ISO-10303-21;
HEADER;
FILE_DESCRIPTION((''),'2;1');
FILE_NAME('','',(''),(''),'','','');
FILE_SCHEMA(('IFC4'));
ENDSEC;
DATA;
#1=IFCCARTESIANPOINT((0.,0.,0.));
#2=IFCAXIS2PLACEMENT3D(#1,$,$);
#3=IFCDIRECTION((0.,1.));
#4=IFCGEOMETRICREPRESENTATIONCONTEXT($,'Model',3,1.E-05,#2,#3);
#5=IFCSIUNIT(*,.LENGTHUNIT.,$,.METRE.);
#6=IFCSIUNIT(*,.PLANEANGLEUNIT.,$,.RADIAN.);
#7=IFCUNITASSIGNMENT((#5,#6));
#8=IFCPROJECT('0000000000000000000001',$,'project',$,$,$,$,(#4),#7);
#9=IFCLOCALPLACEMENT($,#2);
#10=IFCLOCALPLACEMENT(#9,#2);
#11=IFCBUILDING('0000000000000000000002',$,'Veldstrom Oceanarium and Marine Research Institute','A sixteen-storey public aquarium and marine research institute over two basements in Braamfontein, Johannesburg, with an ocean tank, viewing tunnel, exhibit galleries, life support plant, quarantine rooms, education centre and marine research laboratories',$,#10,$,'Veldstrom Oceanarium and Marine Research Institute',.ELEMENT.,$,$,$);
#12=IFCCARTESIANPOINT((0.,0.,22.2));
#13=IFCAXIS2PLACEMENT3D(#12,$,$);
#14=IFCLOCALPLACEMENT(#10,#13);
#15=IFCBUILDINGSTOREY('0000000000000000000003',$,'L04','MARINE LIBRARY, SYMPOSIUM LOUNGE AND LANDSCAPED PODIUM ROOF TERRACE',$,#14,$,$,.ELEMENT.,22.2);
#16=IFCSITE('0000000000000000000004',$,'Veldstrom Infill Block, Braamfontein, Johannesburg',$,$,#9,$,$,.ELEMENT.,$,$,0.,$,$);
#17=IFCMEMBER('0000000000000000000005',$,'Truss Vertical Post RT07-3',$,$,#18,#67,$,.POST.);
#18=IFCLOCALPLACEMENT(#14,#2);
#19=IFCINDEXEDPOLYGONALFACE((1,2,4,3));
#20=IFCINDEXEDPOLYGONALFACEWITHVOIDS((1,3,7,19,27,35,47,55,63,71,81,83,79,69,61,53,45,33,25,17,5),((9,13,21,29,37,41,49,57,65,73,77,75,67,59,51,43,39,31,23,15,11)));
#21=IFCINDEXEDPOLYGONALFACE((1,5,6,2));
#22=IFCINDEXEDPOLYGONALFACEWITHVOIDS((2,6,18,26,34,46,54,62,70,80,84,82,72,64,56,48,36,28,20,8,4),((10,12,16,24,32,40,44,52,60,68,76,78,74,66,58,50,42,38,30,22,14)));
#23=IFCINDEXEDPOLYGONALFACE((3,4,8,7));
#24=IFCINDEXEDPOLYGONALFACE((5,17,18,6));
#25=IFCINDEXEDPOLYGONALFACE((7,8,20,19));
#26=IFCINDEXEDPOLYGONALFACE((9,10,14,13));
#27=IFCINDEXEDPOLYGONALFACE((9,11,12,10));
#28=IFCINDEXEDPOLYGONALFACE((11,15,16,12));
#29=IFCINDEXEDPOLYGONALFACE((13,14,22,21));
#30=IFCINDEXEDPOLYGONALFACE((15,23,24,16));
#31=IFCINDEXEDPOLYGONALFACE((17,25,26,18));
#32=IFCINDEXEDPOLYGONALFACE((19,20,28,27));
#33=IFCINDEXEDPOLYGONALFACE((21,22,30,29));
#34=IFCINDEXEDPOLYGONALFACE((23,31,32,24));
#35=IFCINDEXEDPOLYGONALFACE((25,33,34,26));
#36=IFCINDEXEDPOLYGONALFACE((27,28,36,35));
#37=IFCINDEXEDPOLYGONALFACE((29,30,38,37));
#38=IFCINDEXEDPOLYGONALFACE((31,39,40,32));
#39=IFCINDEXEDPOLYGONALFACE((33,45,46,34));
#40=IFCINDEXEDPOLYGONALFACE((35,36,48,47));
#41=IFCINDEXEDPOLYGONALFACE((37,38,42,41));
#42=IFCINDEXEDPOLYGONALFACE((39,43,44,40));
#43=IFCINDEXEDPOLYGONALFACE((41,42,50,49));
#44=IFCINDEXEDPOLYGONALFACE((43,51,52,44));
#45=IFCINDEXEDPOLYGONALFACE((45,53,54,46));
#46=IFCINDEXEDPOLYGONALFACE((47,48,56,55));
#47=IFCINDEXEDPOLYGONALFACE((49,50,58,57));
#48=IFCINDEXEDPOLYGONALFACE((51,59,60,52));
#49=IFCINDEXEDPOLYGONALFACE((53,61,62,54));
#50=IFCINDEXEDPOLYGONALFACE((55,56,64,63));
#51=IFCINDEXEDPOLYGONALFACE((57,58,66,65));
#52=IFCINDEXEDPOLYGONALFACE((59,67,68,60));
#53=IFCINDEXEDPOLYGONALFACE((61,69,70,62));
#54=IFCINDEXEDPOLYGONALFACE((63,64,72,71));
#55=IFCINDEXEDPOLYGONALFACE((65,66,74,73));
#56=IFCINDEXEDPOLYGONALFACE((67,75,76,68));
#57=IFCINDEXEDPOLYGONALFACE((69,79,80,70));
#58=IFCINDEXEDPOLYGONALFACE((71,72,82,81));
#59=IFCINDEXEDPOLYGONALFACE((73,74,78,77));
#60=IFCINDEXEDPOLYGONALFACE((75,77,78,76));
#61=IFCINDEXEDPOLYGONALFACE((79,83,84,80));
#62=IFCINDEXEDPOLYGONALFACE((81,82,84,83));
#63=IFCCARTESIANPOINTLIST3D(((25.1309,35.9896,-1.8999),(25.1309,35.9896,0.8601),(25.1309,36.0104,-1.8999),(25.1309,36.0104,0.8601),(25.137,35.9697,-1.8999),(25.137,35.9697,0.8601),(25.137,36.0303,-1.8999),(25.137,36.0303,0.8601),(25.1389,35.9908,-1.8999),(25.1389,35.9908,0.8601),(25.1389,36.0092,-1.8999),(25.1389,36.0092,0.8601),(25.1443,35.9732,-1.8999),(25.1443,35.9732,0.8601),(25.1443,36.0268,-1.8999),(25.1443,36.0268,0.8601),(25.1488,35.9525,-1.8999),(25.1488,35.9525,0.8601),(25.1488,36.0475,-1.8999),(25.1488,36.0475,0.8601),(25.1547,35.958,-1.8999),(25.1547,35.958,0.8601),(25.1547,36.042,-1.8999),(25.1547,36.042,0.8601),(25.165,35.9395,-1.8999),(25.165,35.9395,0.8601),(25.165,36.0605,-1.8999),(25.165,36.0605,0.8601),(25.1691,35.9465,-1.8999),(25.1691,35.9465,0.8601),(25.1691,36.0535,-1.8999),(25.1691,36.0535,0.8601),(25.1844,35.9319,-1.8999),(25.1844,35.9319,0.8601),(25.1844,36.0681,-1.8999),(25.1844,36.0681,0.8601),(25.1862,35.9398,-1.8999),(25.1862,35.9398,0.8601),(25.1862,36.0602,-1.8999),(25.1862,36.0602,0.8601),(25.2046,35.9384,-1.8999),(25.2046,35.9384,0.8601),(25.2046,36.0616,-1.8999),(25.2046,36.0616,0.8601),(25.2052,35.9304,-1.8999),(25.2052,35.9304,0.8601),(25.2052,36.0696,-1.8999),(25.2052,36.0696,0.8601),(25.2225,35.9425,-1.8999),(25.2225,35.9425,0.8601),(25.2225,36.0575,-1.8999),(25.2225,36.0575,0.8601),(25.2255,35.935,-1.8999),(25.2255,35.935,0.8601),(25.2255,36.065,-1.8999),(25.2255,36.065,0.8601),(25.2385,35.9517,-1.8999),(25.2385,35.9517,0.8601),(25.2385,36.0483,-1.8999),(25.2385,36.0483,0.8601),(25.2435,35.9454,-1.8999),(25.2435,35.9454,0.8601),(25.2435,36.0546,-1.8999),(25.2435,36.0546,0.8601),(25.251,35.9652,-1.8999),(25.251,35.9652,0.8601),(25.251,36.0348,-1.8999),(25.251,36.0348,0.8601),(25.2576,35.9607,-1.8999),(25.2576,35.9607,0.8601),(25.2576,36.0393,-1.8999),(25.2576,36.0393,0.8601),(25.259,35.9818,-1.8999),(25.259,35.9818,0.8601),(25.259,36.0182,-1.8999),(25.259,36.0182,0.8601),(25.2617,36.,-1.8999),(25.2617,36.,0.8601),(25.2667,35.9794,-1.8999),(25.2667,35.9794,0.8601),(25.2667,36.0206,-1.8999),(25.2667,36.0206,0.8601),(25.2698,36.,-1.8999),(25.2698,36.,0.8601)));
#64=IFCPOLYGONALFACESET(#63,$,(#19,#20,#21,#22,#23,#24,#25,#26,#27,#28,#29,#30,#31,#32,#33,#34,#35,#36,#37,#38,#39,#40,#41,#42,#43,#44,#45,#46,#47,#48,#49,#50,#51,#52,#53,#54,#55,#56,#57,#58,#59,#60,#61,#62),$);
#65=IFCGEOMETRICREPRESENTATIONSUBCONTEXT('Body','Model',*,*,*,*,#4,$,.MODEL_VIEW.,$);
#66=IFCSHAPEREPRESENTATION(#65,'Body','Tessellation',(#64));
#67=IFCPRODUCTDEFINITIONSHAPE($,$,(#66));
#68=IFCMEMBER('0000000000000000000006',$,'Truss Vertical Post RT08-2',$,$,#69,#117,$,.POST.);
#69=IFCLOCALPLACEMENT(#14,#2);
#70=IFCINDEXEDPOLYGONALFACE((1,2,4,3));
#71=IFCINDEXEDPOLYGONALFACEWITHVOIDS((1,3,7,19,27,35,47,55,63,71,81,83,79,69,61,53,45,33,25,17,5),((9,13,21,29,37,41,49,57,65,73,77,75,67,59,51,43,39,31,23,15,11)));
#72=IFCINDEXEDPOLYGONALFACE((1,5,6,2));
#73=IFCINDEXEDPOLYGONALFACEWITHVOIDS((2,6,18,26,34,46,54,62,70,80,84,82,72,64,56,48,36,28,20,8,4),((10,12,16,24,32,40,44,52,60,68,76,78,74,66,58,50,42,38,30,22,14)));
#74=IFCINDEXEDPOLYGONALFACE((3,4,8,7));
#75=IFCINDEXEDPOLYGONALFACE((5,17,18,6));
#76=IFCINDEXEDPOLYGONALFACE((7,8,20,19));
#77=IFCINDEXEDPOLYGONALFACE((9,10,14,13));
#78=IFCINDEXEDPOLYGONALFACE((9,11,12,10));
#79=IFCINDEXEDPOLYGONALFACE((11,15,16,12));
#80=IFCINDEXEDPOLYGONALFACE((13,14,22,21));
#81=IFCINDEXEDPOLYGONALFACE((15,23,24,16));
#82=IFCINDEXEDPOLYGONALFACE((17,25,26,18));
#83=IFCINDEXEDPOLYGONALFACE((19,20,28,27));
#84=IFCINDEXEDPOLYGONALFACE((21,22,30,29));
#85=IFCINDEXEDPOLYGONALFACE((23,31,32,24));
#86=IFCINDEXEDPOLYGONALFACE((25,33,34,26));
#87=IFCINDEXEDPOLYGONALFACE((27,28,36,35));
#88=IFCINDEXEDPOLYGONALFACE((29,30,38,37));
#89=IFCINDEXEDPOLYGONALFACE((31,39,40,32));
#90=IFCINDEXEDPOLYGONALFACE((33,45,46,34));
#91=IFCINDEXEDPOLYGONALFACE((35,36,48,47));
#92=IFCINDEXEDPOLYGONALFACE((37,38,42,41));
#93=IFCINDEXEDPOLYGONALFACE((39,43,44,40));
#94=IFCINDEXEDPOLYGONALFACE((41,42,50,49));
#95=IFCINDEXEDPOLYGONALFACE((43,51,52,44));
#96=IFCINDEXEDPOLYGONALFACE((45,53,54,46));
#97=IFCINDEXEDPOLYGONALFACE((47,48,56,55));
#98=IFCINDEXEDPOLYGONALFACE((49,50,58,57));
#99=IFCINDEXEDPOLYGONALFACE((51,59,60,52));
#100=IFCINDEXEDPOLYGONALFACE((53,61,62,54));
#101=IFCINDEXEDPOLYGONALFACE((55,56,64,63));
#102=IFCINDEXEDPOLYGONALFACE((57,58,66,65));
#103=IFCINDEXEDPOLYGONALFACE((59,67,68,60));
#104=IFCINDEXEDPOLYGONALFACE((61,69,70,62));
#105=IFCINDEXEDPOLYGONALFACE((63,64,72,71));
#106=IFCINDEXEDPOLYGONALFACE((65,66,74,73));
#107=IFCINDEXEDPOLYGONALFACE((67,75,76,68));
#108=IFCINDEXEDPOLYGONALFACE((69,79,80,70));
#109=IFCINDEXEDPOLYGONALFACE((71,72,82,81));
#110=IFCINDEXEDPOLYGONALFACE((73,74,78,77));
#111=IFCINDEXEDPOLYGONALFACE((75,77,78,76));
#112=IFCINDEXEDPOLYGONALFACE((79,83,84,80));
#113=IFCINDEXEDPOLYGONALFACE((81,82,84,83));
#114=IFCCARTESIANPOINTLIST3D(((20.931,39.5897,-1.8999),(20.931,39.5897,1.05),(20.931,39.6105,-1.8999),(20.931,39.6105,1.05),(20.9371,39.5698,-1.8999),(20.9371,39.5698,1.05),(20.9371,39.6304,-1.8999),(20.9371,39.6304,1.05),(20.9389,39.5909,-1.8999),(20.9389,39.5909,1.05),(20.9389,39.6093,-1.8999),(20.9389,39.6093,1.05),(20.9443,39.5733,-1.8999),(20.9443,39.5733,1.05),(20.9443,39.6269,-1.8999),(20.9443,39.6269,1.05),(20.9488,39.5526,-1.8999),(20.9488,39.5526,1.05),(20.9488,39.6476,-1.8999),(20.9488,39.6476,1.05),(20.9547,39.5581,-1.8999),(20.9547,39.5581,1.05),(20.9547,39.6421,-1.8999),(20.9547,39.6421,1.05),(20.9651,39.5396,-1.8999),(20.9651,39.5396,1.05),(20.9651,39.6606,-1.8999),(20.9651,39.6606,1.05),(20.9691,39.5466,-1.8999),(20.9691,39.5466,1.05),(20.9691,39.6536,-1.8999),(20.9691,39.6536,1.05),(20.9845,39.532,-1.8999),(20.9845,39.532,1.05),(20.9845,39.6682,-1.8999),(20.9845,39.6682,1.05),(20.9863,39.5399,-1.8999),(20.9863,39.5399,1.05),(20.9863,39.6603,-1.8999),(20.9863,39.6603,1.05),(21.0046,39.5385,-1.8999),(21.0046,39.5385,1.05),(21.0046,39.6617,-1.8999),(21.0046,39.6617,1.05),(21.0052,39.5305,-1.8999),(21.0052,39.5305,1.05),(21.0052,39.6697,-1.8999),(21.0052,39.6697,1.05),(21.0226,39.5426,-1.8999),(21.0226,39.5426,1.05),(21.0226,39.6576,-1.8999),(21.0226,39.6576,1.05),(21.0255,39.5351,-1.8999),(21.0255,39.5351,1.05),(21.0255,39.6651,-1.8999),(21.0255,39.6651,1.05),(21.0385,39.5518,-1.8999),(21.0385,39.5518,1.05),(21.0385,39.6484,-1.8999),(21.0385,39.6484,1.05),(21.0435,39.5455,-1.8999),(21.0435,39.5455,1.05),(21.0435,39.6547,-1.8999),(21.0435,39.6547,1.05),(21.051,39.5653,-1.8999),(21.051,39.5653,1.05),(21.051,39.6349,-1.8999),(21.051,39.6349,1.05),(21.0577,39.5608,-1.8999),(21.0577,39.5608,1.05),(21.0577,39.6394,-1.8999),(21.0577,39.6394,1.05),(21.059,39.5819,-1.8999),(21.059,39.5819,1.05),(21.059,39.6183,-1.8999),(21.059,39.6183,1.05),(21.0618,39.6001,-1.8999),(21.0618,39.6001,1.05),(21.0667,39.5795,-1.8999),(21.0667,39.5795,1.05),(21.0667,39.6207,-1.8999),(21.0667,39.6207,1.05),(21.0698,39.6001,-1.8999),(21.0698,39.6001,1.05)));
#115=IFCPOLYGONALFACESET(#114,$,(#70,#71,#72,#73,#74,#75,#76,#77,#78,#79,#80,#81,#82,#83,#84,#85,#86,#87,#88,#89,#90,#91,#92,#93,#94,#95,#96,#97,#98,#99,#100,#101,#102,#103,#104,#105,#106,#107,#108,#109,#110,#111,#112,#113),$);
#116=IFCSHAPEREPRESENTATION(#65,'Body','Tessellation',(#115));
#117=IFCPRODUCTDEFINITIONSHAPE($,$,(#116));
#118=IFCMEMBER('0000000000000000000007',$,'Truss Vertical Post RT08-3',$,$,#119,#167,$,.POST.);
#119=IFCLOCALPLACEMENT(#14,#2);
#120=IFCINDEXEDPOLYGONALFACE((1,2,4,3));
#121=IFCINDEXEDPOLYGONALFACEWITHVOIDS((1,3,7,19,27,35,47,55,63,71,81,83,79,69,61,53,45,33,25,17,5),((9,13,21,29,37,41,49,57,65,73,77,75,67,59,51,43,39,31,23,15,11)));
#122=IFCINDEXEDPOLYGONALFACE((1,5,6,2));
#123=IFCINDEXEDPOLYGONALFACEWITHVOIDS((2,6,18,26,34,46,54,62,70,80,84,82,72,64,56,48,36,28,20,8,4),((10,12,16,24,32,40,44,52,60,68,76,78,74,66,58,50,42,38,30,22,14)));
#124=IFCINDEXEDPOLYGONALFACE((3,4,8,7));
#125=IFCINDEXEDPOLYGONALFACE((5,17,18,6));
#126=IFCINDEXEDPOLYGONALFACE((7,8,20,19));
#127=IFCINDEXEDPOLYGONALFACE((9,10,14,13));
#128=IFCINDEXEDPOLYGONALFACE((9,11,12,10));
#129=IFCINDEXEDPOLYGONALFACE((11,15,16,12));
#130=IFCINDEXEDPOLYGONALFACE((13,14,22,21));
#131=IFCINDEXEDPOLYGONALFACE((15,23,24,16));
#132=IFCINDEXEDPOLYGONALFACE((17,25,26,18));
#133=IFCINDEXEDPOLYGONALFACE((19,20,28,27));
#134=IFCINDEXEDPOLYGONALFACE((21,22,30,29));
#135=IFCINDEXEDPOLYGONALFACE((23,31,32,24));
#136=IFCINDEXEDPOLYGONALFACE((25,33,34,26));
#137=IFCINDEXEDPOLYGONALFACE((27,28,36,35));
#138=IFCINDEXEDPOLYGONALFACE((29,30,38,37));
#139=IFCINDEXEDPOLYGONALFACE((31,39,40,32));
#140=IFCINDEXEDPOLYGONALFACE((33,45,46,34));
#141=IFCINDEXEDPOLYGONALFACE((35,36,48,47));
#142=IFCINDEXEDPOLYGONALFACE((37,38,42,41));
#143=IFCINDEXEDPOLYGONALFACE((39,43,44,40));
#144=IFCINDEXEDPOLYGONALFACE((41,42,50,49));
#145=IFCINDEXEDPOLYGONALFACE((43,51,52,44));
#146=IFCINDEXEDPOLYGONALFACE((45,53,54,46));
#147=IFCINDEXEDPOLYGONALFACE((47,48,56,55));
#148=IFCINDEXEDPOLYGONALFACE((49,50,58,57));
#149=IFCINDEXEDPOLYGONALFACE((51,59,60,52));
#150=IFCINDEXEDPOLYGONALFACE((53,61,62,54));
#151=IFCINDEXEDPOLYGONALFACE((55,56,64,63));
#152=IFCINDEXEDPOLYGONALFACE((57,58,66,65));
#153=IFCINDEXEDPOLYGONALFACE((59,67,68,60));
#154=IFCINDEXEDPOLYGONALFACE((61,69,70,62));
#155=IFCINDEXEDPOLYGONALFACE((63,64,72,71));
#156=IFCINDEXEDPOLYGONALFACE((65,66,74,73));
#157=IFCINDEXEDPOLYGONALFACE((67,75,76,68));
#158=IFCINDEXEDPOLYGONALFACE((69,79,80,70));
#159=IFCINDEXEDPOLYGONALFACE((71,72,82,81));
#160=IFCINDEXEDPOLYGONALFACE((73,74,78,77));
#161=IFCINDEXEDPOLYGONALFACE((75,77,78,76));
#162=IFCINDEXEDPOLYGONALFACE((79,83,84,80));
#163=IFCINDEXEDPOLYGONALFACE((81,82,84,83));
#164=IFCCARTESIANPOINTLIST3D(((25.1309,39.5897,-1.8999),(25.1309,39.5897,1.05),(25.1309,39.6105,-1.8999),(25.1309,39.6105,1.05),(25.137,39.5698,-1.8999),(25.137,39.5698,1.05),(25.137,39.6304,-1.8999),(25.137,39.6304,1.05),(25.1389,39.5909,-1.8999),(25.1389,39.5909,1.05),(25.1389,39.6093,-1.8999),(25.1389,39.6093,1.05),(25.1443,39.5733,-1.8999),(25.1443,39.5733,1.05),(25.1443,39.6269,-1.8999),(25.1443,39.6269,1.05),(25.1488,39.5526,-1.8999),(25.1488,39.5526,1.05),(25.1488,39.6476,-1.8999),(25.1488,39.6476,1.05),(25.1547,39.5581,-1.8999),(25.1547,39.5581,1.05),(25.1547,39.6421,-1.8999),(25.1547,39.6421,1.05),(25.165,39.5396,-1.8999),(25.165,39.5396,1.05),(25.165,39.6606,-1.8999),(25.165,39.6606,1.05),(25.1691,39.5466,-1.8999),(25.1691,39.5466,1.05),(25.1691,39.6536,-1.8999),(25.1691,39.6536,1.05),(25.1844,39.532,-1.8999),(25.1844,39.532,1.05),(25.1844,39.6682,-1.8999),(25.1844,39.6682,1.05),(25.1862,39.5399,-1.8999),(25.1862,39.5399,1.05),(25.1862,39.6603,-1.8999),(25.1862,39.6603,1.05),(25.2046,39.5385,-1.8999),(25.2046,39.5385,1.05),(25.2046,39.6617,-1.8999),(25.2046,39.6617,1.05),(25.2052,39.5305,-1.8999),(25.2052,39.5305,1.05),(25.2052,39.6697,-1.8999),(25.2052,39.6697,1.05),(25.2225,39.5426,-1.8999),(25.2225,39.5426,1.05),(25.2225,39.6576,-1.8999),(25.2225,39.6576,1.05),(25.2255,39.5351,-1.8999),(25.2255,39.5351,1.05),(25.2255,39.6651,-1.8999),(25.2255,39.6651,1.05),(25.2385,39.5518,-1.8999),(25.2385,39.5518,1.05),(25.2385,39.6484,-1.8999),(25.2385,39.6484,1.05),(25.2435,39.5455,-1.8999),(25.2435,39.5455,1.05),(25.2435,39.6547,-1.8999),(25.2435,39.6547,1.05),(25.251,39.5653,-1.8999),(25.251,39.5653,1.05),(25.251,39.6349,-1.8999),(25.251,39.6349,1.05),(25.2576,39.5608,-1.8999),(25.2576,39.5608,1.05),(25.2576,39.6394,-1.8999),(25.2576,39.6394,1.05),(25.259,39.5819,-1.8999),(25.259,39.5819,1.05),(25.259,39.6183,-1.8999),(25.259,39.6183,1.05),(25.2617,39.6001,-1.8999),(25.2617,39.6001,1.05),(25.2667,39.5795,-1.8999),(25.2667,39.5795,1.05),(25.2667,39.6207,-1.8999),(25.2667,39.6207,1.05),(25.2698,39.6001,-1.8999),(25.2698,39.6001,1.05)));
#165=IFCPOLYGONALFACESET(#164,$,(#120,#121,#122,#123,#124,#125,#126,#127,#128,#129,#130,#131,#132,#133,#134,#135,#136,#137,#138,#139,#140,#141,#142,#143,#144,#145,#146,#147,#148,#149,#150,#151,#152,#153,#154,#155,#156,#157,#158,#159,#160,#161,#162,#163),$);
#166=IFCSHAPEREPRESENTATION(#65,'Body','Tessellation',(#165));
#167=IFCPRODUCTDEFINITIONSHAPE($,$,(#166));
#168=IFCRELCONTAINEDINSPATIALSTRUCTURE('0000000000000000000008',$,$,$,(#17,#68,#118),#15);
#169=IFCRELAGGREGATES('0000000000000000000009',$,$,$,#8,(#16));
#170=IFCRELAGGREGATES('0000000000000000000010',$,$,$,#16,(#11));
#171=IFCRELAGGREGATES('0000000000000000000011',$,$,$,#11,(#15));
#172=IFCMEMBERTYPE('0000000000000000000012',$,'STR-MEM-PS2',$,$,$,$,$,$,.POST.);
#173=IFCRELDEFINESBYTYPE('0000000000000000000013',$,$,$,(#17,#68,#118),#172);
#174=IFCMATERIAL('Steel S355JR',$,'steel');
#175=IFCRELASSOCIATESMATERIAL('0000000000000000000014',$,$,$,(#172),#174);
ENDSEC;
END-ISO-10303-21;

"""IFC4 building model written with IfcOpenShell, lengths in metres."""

from ifc_helpers import new_model, si_unit, direction, frame, origin, origin_2d, place, context, subcontext, project, spatial, hollow_circle, extrude, material, material_profile, profile_set, type_object, element, save


model = new_model("IFC4")

# Units and contexts
model_context = context("Model", 3, precision=1e-05, world=origin(), true_north=direction((0.0, 1.0)))
body_context = subcontext(model_context, "Body", "Model", "MODEL_VIEW")
ifc_project = project(units=[si_unit("LENGTHUNIT", "METRE"), si_unit("PLANEANGLEUNIT", "RADIAN")], contexts=[model_context])

# Site, building, storey
site_placement = place(None, origin())
site = spatial("IfcSite", under=ifc_project, at=site_placement, Name="Veldstrom Infill Block, Braamfontein, Johannesburg", CompositionType="ELEMENT", RefElevation=0.0)
building_placement = place(site_placement, origin())
building = spatial("IfcBuilding", under=site, at=building_placement, Name="Veldstrom Oceanarium and Marine Research Institute", Description="A sixteen-storey public aquarium and marine research institute over two basements in Braamfontein, Johannesburg, with an ocean tank, viewing tunnel, exhibit galleries, life support plant, quarantine rooms, education centre and marine research laboratories", LongName="Veldstrom Oceanarium and Marine Research Institute", CompositionType="ELEMENT")
storey_placement = place(building_placement, frame((0.0, 0.0, 22.2)))
storey = spatial("IfcBuildingStorey", under=building, at=storey_placement, Name="L04", Description="MARINE LIBRARY, SYMPOSIUM LOUNGE AND LANDSCAPED PODIUM ROOF TERRACE", CompositionType="ELEMENT", Elevation=22.2)

# Members
ifc_material_1 = material(Name="Steel S355JR", Category="steel")
ifc_material_profile_1 = material_profile(ifc_material_1, hollow_circle(Radius=0.0698, WallThickness=0.0081, at=origin_2d()), Name="CHS 139.7x8")
ifc_profile_set_1 = profile_set([ifc_material_profile_1], Name="Steel S355JR")
member_type_1 = type_object("IfcMemberType", Name="STR-MEM-PS2", PredefinedType="POST", material=ifc_profile_set_1)
for number, where, z_axis, x_axis, name in (
    (1, (25.2, 36.0, -1.8999), (0.0, 0.0, 1.0), (1.0, 0.0, 0.0), "Truss Vertical Post RT07-3"),
):
    element("IfcMember", number, at=place(storey_placement, frame(where, z_axis=z_axis, x_axis=x_axis)), inside=storey, type_object=member_type_1, Name=name, PredefinedType="POST", context=body_context, shape_type="SweptSolid", body=[
        extrude(hollow_circle(Radius=0.0698, WallThickness=0.0081, at=origin_2d()), origin(), (0.0, 0.0, 1.0), 2.76),
    ])
for number, where, z_axis, x_axis, name in (
    (2, (21.0, 39.6001, -1.8999), (0.0, 0.0, 1.0), (1.0, 0.0, 0.0), "Truss Vertical Post RT08-2"),
    (3, (25.2, 39.6001, -1.8999), (0.0, 0.0, 1.0), (1.0, 0.0, 0.0), "Truss Vertical Post RT08-3"),
):
    element("IfcMember", number, at=place(storey_placement, frame(where, z_axis=z_axis, x_axis=x_axis)), inside=storey, type_object=member_type_1, Name=name, PredefinedType="POST", context=body_context, shape_type="SweptSolid", body=[
        extrude(hollow_circle(Radius=0.0698, WallThickness=0.0081, at=origin_2d()), origin(), (0.0, 0.0, 1.0), 2.95),
    ])

save(model, "model.ifc")
